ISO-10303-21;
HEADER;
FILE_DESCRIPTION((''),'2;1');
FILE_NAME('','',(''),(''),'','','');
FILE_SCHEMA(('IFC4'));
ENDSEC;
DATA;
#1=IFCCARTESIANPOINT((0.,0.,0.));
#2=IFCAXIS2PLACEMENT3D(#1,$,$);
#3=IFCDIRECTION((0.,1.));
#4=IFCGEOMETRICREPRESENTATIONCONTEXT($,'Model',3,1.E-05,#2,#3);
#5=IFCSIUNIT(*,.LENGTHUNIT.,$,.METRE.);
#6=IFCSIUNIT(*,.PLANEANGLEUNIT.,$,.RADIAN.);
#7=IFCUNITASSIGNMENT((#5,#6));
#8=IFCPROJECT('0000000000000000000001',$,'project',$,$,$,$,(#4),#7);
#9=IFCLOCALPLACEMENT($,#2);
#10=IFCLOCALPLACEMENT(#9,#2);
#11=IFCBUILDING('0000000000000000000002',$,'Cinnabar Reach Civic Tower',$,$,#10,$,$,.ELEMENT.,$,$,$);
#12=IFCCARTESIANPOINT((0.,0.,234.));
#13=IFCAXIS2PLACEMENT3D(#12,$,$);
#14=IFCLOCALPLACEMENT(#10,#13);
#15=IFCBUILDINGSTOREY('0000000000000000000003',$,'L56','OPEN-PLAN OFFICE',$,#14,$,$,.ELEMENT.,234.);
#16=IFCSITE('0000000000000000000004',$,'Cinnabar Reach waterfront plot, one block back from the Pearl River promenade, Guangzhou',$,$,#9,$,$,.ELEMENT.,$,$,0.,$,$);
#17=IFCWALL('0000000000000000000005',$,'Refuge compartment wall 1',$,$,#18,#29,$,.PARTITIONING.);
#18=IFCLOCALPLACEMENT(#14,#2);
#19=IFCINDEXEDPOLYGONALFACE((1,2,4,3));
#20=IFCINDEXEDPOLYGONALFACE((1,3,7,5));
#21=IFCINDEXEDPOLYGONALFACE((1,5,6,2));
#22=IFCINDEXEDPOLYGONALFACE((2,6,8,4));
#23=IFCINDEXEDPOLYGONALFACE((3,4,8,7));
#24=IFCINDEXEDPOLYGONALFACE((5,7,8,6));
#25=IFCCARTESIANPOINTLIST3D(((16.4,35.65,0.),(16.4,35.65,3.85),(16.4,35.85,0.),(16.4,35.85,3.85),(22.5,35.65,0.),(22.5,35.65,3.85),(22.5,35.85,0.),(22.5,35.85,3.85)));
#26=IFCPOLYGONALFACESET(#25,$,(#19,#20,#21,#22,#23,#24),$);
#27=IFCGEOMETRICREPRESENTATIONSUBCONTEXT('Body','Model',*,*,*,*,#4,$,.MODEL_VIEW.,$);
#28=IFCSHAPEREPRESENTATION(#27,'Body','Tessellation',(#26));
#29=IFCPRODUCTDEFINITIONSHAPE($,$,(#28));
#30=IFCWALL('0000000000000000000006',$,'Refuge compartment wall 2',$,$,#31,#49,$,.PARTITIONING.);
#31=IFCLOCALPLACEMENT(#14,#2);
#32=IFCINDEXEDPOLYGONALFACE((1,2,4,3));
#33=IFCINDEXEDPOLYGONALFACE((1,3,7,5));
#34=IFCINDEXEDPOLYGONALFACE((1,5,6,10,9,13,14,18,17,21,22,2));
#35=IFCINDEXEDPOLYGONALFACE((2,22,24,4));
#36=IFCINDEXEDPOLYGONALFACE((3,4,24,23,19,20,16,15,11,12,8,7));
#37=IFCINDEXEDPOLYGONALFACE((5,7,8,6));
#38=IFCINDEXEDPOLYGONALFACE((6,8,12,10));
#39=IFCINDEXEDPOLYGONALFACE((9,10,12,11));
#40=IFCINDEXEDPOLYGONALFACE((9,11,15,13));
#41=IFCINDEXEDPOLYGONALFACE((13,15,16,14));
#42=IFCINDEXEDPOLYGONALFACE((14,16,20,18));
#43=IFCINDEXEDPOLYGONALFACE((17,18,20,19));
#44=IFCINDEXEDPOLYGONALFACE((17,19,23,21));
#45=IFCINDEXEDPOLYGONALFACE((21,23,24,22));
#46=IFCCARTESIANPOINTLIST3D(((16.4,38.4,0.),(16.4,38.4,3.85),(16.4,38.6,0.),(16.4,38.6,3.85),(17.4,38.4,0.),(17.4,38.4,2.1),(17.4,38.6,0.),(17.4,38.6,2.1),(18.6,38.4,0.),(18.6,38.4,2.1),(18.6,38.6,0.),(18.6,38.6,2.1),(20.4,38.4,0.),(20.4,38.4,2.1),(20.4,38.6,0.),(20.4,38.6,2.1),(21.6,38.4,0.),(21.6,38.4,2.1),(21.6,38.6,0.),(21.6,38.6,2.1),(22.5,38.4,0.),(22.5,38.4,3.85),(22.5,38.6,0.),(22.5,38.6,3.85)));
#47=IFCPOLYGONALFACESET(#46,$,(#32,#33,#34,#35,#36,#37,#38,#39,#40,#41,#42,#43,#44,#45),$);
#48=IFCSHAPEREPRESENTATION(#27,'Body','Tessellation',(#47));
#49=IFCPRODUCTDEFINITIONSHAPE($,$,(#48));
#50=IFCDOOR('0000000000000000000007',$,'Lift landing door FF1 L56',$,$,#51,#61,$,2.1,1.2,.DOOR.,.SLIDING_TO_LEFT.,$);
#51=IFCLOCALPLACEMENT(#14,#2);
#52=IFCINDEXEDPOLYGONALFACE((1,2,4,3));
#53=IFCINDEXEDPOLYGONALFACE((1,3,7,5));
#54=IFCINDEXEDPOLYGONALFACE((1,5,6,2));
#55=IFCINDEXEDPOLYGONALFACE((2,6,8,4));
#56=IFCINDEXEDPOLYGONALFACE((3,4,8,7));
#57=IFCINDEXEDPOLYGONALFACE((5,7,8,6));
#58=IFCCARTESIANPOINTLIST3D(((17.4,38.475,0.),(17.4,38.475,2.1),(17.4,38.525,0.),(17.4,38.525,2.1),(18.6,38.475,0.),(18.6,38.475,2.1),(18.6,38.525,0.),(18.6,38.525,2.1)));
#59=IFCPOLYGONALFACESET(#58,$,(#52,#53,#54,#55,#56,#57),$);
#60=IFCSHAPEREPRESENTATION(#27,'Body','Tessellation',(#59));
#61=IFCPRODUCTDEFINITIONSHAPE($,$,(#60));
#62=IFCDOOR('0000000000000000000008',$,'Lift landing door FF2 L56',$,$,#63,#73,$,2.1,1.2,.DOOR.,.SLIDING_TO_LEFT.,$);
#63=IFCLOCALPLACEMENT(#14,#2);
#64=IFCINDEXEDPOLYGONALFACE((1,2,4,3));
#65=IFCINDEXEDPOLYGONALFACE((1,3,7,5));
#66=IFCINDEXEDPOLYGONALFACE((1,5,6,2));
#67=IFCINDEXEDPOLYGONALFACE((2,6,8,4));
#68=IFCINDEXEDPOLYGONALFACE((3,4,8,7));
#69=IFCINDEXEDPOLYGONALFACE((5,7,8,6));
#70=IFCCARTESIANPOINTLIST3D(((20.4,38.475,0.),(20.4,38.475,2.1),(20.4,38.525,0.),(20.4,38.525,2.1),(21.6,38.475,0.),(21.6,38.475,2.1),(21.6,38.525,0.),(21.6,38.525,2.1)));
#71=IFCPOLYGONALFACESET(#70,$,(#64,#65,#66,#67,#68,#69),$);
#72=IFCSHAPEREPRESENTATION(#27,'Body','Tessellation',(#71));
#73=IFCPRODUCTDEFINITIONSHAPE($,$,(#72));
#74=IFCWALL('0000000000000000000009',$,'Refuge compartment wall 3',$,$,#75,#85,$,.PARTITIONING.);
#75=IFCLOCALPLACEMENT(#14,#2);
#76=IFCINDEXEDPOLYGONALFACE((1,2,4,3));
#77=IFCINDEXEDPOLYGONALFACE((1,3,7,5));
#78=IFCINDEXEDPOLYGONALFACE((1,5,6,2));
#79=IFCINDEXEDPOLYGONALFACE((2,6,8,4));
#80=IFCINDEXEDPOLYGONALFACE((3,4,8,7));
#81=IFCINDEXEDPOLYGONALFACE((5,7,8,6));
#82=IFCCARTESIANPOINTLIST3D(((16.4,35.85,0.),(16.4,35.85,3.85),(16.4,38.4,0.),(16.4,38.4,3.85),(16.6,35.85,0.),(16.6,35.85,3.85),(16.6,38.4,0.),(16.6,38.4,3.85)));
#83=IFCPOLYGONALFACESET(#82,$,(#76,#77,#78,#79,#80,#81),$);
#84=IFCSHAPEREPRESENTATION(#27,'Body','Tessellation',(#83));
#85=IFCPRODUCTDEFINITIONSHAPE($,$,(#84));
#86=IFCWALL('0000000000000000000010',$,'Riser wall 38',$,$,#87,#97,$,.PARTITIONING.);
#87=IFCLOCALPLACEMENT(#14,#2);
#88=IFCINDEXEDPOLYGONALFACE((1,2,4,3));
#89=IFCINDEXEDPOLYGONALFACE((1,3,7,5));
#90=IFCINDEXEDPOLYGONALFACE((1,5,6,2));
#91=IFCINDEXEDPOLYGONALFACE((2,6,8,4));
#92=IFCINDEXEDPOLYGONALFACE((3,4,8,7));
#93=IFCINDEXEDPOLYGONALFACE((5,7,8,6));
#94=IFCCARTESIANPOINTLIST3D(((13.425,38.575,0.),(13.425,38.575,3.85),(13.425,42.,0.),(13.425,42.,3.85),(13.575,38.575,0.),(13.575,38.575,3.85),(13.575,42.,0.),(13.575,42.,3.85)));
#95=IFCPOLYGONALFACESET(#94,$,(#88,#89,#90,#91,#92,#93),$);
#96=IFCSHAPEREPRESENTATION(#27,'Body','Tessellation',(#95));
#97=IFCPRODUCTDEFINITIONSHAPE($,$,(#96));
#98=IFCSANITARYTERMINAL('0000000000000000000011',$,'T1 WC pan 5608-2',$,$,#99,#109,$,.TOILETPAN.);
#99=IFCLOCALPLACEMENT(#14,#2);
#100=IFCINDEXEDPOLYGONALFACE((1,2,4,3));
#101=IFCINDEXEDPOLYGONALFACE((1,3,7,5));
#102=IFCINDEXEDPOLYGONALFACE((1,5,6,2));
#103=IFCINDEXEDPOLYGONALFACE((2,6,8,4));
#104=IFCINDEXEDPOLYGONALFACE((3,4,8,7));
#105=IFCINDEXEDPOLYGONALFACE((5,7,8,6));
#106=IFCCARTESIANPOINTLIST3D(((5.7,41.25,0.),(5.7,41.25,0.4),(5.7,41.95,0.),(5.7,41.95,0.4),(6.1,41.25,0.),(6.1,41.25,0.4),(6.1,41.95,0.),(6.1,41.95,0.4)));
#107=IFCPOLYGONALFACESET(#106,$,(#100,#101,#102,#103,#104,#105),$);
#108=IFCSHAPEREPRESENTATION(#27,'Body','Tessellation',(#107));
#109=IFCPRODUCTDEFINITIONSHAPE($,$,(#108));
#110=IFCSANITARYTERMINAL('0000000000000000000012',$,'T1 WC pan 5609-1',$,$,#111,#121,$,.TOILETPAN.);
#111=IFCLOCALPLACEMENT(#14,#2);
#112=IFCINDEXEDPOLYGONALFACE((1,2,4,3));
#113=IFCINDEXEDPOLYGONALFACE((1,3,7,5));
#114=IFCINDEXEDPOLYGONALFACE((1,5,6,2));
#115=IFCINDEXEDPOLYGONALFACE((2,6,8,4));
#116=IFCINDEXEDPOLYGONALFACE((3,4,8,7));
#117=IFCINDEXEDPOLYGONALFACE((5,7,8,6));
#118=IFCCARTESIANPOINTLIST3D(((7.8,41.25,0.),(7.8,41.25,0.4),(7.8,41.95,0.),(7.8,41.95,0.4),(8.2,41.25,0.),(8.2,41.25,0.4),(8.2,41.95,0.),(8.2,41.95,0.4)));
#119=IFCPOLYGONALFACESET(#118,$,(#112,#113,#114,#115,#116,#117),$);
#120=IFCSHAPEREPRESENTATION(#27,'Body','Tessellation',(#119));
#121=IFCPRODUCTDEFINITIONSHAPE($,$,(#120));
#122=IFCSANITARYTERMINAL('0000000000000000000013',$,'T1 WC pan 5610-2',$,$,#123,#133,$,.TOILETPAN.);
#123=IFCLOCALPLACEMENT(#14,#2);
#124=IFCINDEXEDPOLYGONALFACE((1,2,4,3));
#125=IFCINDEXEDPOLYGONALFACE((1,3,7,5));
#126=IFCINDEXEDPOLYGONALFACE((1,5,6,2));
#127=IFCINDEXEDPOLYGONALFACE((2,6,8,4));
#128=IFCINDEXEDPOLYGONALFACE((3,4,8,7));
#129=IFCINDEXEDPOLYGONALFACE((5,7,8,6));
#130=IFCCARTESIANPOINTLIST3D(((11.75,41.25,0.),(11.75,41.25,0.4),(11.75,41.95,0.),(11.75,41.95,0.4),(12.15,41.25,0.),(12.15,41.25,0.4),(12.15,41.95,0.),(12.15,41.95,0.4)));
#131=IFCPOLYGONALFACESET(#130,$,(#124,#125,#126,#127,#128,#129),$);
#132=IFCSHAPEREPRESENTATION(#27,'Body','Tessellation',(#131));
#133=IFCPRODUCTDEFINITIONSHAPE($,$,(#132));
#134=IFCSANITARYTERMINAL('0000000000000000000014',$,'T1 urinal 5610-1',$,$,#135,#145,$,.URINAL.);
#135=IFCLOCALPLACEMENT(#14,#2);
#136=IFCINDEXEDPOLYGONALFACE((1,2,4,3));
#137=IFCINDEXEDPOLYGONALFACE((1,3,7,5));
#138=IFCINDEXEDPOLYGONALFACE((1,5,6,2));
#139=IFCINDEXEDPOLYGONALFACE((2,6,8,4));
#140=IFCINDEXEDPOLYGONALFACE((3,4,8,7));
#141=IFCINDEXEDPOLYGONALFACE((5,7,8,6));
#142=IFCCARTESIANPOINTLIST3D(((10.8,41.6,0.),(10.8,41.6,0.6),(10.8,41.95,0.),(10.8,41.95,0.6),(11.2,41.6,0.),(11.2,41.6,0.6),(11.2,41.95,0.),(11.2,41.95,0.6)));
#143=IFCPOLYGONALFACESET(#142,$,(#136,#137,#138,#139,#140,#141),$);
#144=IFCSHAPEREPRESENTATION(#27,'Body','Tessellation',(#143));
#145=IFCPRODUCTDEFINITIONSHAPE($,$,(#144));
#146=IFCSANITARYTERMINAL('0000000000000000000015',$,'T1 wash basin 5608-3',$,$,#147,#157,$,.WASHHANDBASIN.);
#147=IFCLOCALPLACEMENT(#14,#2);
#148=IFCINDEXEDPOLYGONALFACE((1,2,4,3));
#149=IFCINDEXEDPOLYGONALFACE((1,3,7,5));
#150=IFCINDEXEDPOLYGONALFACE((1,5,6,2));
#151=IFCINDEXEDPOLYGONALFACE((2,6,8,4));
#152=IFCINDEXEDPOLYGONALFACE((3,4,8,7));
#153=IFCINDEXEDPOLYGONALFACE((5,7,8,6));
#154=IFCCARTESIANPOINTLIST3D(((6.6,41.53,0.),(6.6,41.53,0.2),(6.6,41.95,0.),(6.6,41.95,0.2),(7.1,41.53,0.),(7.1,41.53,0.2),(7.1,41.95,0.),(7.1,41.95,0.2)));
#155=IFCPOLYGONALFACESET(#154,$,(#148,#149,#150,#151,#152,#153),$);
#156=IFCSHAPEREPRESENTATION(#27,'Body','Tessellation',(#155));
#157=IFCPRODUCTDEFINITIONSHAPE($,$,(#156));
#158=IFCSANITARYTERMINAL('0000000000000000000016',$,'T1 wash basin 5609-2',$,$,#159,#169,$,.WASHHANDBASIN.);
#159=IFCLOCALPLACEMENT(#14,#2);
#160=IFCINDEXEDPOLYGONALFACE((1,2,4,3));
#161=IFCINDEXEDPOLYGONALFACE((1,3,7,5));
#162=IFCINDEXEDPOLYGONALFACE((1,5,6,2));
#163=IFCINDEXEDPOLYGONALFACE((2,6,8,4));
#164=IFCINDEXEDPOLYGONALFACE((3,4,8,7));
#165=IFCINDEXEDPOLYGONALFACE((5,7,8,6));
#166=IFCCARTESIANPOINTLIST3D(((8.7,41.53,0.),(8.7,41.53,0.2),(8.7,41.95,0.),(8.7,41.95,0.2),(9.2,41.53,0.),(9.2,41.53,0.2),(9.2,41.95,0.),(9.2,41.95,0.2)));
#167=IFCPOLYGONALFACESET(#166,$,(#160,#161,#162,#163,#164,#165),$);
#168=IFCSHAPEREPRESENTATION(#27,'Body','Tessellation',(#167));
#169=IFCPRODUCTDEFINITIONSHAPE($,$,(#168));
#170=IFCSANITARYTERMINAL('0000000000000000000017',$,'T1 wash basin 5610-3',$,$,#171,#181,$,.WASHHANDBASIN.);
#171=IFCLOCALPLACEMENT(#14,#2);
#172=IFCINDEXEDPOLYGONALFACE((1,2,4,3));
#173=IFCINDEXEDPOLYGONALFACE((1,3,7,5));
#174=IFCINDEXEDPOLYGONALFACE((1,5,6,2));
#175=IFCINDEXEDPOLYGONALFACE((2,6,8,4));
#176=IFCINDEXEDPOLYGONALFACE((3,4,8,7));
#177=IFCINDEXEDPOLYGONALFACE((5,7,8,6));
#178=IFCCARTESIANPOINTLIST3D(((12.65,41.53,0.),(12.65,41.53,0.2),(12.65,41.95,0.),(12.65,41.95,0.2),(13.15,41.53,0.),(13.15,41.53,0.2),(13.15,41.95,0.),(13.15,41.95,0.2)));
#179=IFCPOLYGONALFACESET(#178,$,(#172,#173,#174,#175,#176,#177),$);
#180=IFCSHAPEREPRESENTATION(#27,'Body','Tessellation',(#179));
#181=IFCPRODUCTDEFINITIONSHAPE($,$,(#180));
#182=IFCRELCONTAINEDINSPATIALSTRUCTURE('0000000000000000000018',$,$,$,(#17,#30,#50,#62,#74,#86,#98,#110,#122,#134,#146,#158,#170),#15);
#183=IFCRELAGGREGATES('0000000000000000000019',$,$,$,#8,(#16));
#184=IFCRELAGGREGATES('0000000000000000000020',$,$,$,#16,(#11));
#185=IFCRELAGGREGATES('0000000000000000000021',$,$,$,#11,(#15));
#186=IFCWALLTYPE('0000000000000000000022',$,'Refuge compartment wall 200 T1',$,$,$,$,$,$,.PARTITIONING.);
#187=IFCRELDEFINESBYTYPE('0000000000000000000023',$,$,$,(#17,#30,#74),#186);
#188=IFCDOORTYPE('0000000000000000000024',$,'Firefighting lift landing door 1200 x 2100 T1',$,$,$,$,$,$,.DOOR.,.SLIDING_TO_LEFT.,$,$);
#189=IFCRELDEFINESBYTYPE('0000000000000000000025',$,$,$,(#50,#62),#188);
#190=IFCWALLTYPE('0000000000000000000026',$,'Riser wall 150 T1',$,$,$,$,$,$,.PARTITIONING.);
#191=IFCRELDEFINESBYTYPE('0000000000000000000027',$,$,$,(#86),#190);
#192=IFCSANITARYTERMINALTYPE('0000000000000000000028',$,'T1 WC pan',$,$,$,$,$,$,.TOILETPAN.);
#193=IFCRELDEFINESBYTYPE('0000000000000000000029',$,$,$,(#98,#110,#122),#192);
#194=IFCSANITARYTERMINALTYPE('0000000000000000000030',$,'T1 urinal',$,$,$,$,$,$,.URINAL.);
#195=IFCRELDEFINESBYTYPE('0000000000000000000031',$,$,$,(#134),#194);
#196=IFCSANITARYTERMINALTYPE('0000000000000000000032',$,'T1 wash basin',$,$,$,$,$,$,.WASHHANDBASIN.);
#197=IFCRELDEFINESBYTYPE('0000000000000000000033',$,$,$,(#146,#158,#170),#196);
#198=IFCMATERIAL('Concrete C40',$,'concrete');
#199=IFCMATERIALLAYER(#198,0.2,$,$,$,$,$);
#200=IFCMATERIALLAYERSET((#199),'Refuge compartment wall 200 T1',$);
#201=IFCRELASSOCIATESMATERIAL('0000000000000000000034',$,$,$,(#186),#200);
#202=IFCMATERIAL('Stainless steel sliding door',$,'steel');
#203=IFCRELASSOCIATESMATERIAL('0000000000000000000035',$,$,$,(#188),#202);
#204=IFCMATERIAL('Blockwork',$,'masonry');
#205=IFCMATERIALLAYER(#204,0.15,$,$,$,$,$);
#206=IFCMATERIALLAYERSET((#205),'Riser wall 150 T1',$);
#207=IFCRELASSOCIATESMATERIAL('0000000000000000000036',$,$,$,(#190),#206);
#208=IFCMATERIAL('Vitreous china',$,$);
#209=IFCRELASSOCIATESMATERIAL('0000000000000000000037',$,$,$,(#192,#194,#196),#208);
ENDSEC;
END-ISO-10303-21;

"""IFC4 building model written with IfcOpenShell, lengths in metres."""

from ifc_helpers import new_model, si_unit, direction, frame, frame_2d, origin, origin_2d, place, context, subcontext, project, spatial, rectangle, extrude, material, layer, layer_set, type_object, element, fill, save


model = new_model("IFC4")

# Units and contexts
model_context = context("Model", 3, precision=1e-05, world=origin(), true_north=direction((0.0, 1.0)))
body_context = subcontext(model_context, "Body", "Model", "MODEL_VIEW")
ifc_project = project(units=[si_unit("LENGTHUNIT", "METRE"), si_unit("PLANEANGLEUNIT", "RADIAN")], contexts=[model_context])

# Site, building, storey
site_placement = place(None, origin())
site = spatial("IfcSite", under=ifc_project, at=site_placement, Name="Cinnabar Reach waterfront plot, one block back from the Pearl River promenade, Guangzhou", CompositionType="ELEMENT", RefElevation=0.0)
building_placement = place(site_placement, origin())
building = spatial("IfcBuilding", under=site, at=building_placement, Name="Cinnabar Reach Civic Tower", CompositionType="ELEMENT")
storey_placement = place(building_placement, frame((0.0, 0.0, 234.0)))
storey = spatial("IfcBuildingStorey", under=building, at=storey_placement, Name="L56", Description="OPEN-PLAN OFFICE", CompositionType="ELEMENT", Elevation=234.0)

# Shared definitions
ifc_material_1 = material(Name="Blockwork", Category="masonry")
ifc_material_2 = material(Name="Stainless steel sliding door", Category="steel")

# Wall
ifc_material_3 = material(Name="Concrete C40", Category="concrete")
ifc_layer_1 = layer(ifc_material_3, 0.2)
ifc_layer_set_1 = layer_set([ifc_layer_1], Name="Refuge compartment wall 200 T1")
wall_type_1 = type_object("IfcWallType", Name="Refuge compartment wall 200 T1", PredefinedType="PARTITIONING", material=ifc_layer_set_1)
wall_1_placement = place(storey_placement, frame((16.4, 35.75, 0.0), z_axis=(0.0, 0.0, 1.0), x_axis=(1.0, 0.0, 0.0)))
element("IfcWall", 1, at=wall_1_placement, inside=storey, type_object=wall_type_1, Name="Refuge compartment wall 1", PredefinedType="PARTITIONING", context=body_context, shape_type="SweptSolid", body=[
    extrude(rectangle(XDim=6.1, YDim=0.2, at=frame_2d((3.05, 0.0))), origin(), (0.0, 0.0, 1.0), 3.85),
])

# Wall, openings, doors
wall_2_placement = place(storey_placement, frame((16.4, 38.5, 0.0), z_axis=(0.0, 0.0, 1.0), x_axis=(1.0, 0.0, 0.0)))
wall_2 = element("IfcWall", 2, at=wall_2_placement, inside=storey, type_object=wall_type_1, Name="Refuge compartment wall 2", PredefinedType="PARTITIONING", context=body_context, shape_type="SweptSolid", body=[
    extrude(rectangle(XDim=6.1, YDim=0.2, at=frame_2d((3.05, 0.0))), origin(), (0.0, 0.0, 1.0), 3.85),
])
opening_1_placement = place(wall_2_placement, frame((1.0, 0.0, 0.0)))
opening_1 = element("IfcOpeningElement", 3, at=opening_1_placement, cuts=wall_2, PredefinedType="OPENING", context=body_context, shape_type="SweptSolid", body=[
    extrude(rectangle(XDim=1.2, YDim=2.1, at=frame_2d((0.6, 1.05))), frame((0.0, 0.11, 0.0), z_axis=(0.0, -1.0, 0.0), x_axis=(1.0, 0.0, 0.0)), (0.0, 0.0, 1.0), 0.22),
])
opening_2_placement = place(wall_2_placement, frame((4.0, 0.0, 0.0)))
opening_2 = element("IfcOpeningElement", 4, at=opening_2_placement, cuts=wall_2, PredefinedType="OPENING", context=body_context, shape_type="SweptSolid", body=[
    extrude(rectangle(XDim=1.2, YDim=2.1, at=frame_2d((0.6, 1.05))), frame((0.0, 0.11, 0.0), z_axis=(0.0, -1.0, 0.0), x_axis=(1.0, 0.0, 0.0)), (0.0, 0.0, 1.0), 0.22),
])
door_type_1 = type_object("IfcDoorType", Name="Firefighting lift landing door 1200 x 2100 T1", OperationType="SLIDING_TO_LEFT", PredefinedType="DOOR", material=ifc_material_2)
door_1_placement = place(opening_1_placement, origin())
door_1 = element("IfcDoor", 5, at=door_1_placement, inside=storey, type_object=door_type_1, Name="Lift landing door FF1 L56", OperationType="SLIDING_TO_LEFT", OverallHeight=2.1, OverallWidth=1.2, PredefinedType="DOOR", context=body_context, shape_type="SweptSolid", body=[
    extrude(rectangle(XDim=1.2, YDim=2.1, at=frame_2d((0.6, 1.05))), frame((0.0, 0.025, 0.0), z_axis=(0.0, -1.0, 0.0), x_axis=(1.0, 0.0, 0.0)), (0.0, 0.0, 1.0), 0.05),
])
fill(opening_1, door_1)
door_2_placement = place(opening_2_placement, origin())
door_2 = element("IfcDoor", 6, at=door_2_placement, inside=storey, type_object=door_type_1, Name="Lift landing door FF2 L56", OperationType="SLIDING_TO_LEFT", OverallHeight=2.1, OverallWidth=1.2, PredefinedType="DOOR", context=body_context, shape_type="SweptSolid", body=[
    extrude(rectangle(XDim=1.2, YDim=2.1, at=frame_2d((0.6, 1.05))), frame((0.0, 0.025, 0.0), z_axis=(0.0, -1.0, 0.0), x_axis=(1.0, 0.0, 0.0)), (0.0, 0.0, 1.0), 0.05),
])
fill(opening_2, door_2)

# Walls
wall_3_placement = place(storey_placement, frame((16.5, 35.85, 0.0), z_axis=(0.0, 0.0, 1.0), x_axis=(0.0, 1.0, 0.0)))
element("IfcWall", 7, at=wall_3_placement, inside=storey, type_object=wall_type_1, Name="Refuge compartment wall 3", PredefinedType="PARTITIONING", context=body_context, shape_type="SweptSolid", body=[
    extrude(rectangle(XDim=2.55, YDim=0.2, at=frame_2d((1.275, 0.0))), origin(), (0.0, 0.0, 1.0), 3.85),
])
ifc_layer_2 = layer(ifc_material_1, 0.15)
ifc_layer_set_2 = layer_set([ifc_layer_2], Name="Riser wall 150 T1")
wall_type_2 = type_object("IfcWallType", Name="Riser wall 150 T1", PredefinedType="PARTITIONING", material=ifc_layer_set_2)
wall_4_placement = place(storey_placement, frame((13.5, 38.575, 0.0), z_axis=(0.0, 0.0, 1.0), x_axis=(0.0, 1.0, 0.0)))
element("IfcWall", 8, at=wall_4_placement, inside=storey, type_object=wall_type_2, Name="Riser wall 38", PredefinedType="PARTITIONING", context=body_context, shape_type="SweptSolid", body=[
    extrude(rectangle(XDim=3.425, YDim=0.15, at=frame_2d((1.7125, 0.0))), origin(), (0.0, 0.0, 1.0), 3.85),
])

# Sanitary terminals
ifc_material_4 = material(Name="Vitreous china")
sanitary_terminal_type_1 = type_object("IfcSanitaryTerminalType", Name="T1 WC pan", PredefinedType="TOILETPAN", material=ifc_material_4)
for number, where, z_axis, x_axis, name in (
    (9, (5.9, 41.6, 0.0), (0.0, 0.0, 1.0), (1.0, 0.0, 0.0), "T1 WC pan 5608-2"),
    (10, (8.0, 41.6, 0.0), (0.0, 0.0, 1.0), (1.0, 0.0, 0.0), "T1 WC pan 5609-1"),
    (11, (11.95, 41.6, 0.0), (0.0, 0.0, 1.0), (1.0, 0.0, 0.0), "T1 WC pan 5610-2"),
):
    element("IfcSanitaryTerminal", number, at=place(storey_placement, frame(where, z_axis=z_axis, x_axis=x_axis)), inside=storey, type_object=sanitary_terminal_type_1, Name=name, PredefinedType="TOILETPAN", context=body_context, shape_type="SweptSolid", body=[
        extrude(rectangle(XDim=0.4, YDim=0.7, at=origin_2d()), origin(), (0.0, 0.0, 1.0), 0.4),
    ])
sanitary_terminal_type_2 = type_object("IfcSanitaryTerminalType", Name="T1 urinal", PredefinedType="URINAL", material=ifc_material_4)
sanitary_terminal_placement = place(storey_placement, frame((11.0, 41.775, 0.0), z_axis=(0.0, 0.0, 1.0), x_axis=(1.0, 0.0, 0.0)))
element("IfcSanitaryTerminal", 12, at=sanitary_terminal_placement, inside=storey, type_object=sanitary_terminal_type_2, Name="T1 urinal 5610-1", PredefinedType="URINAL", context=body_context, shape_type="SweptSolid", body=[
    extrude(rectangle(XDim=0.4, YDim=0.35, at=origin_2d()), origin(), (0.0, 0.0, 1.0), 0.6),
])
sanitary_terminal_type_3 = type_object("IfcSanitaryTerminalType", Name="T1 wash basin", PredefinedType="WASHHANDBASIN", material=ifc_material_4)
for number, where, z_axis, x_axis, name in (
    (13, (6.85, 41.74, 0.0), (0.0, 0.0, 1.0), (1.0, 0.0, 0.0), "T1 wash basin 5608-3"),
    (14, (8.95, 41.74, 0.0), (0.0, 0.0, 1.0), (1.0, 0.0, 0.0), "T1 wash basin 5609-2"),
    (15, (12.9, 41.74, 0.0), (0.0, 0.0, 1.0), (1.0, 0.0, 0.0), "T1 wash basin 5610-3"),
):
    element("IfcSanitaryTerminal", number, at=place(storey_placement, frame(where, z_axis=z_axis, x_axis=x_axis)), inside=storey, type_object=sanitary_terminal_type_3, Name=name, PredefinedType="WASHHANDBASIN", context=body_context, shape_type="SweptSolid", body=[
        extrude(rectangle(XDim=0.5, YDim=0.42, at=origin_2d()), origin(), (0.0, 0.0, 1.0), 0.2),
    ])

save(model, "model.ifc")
